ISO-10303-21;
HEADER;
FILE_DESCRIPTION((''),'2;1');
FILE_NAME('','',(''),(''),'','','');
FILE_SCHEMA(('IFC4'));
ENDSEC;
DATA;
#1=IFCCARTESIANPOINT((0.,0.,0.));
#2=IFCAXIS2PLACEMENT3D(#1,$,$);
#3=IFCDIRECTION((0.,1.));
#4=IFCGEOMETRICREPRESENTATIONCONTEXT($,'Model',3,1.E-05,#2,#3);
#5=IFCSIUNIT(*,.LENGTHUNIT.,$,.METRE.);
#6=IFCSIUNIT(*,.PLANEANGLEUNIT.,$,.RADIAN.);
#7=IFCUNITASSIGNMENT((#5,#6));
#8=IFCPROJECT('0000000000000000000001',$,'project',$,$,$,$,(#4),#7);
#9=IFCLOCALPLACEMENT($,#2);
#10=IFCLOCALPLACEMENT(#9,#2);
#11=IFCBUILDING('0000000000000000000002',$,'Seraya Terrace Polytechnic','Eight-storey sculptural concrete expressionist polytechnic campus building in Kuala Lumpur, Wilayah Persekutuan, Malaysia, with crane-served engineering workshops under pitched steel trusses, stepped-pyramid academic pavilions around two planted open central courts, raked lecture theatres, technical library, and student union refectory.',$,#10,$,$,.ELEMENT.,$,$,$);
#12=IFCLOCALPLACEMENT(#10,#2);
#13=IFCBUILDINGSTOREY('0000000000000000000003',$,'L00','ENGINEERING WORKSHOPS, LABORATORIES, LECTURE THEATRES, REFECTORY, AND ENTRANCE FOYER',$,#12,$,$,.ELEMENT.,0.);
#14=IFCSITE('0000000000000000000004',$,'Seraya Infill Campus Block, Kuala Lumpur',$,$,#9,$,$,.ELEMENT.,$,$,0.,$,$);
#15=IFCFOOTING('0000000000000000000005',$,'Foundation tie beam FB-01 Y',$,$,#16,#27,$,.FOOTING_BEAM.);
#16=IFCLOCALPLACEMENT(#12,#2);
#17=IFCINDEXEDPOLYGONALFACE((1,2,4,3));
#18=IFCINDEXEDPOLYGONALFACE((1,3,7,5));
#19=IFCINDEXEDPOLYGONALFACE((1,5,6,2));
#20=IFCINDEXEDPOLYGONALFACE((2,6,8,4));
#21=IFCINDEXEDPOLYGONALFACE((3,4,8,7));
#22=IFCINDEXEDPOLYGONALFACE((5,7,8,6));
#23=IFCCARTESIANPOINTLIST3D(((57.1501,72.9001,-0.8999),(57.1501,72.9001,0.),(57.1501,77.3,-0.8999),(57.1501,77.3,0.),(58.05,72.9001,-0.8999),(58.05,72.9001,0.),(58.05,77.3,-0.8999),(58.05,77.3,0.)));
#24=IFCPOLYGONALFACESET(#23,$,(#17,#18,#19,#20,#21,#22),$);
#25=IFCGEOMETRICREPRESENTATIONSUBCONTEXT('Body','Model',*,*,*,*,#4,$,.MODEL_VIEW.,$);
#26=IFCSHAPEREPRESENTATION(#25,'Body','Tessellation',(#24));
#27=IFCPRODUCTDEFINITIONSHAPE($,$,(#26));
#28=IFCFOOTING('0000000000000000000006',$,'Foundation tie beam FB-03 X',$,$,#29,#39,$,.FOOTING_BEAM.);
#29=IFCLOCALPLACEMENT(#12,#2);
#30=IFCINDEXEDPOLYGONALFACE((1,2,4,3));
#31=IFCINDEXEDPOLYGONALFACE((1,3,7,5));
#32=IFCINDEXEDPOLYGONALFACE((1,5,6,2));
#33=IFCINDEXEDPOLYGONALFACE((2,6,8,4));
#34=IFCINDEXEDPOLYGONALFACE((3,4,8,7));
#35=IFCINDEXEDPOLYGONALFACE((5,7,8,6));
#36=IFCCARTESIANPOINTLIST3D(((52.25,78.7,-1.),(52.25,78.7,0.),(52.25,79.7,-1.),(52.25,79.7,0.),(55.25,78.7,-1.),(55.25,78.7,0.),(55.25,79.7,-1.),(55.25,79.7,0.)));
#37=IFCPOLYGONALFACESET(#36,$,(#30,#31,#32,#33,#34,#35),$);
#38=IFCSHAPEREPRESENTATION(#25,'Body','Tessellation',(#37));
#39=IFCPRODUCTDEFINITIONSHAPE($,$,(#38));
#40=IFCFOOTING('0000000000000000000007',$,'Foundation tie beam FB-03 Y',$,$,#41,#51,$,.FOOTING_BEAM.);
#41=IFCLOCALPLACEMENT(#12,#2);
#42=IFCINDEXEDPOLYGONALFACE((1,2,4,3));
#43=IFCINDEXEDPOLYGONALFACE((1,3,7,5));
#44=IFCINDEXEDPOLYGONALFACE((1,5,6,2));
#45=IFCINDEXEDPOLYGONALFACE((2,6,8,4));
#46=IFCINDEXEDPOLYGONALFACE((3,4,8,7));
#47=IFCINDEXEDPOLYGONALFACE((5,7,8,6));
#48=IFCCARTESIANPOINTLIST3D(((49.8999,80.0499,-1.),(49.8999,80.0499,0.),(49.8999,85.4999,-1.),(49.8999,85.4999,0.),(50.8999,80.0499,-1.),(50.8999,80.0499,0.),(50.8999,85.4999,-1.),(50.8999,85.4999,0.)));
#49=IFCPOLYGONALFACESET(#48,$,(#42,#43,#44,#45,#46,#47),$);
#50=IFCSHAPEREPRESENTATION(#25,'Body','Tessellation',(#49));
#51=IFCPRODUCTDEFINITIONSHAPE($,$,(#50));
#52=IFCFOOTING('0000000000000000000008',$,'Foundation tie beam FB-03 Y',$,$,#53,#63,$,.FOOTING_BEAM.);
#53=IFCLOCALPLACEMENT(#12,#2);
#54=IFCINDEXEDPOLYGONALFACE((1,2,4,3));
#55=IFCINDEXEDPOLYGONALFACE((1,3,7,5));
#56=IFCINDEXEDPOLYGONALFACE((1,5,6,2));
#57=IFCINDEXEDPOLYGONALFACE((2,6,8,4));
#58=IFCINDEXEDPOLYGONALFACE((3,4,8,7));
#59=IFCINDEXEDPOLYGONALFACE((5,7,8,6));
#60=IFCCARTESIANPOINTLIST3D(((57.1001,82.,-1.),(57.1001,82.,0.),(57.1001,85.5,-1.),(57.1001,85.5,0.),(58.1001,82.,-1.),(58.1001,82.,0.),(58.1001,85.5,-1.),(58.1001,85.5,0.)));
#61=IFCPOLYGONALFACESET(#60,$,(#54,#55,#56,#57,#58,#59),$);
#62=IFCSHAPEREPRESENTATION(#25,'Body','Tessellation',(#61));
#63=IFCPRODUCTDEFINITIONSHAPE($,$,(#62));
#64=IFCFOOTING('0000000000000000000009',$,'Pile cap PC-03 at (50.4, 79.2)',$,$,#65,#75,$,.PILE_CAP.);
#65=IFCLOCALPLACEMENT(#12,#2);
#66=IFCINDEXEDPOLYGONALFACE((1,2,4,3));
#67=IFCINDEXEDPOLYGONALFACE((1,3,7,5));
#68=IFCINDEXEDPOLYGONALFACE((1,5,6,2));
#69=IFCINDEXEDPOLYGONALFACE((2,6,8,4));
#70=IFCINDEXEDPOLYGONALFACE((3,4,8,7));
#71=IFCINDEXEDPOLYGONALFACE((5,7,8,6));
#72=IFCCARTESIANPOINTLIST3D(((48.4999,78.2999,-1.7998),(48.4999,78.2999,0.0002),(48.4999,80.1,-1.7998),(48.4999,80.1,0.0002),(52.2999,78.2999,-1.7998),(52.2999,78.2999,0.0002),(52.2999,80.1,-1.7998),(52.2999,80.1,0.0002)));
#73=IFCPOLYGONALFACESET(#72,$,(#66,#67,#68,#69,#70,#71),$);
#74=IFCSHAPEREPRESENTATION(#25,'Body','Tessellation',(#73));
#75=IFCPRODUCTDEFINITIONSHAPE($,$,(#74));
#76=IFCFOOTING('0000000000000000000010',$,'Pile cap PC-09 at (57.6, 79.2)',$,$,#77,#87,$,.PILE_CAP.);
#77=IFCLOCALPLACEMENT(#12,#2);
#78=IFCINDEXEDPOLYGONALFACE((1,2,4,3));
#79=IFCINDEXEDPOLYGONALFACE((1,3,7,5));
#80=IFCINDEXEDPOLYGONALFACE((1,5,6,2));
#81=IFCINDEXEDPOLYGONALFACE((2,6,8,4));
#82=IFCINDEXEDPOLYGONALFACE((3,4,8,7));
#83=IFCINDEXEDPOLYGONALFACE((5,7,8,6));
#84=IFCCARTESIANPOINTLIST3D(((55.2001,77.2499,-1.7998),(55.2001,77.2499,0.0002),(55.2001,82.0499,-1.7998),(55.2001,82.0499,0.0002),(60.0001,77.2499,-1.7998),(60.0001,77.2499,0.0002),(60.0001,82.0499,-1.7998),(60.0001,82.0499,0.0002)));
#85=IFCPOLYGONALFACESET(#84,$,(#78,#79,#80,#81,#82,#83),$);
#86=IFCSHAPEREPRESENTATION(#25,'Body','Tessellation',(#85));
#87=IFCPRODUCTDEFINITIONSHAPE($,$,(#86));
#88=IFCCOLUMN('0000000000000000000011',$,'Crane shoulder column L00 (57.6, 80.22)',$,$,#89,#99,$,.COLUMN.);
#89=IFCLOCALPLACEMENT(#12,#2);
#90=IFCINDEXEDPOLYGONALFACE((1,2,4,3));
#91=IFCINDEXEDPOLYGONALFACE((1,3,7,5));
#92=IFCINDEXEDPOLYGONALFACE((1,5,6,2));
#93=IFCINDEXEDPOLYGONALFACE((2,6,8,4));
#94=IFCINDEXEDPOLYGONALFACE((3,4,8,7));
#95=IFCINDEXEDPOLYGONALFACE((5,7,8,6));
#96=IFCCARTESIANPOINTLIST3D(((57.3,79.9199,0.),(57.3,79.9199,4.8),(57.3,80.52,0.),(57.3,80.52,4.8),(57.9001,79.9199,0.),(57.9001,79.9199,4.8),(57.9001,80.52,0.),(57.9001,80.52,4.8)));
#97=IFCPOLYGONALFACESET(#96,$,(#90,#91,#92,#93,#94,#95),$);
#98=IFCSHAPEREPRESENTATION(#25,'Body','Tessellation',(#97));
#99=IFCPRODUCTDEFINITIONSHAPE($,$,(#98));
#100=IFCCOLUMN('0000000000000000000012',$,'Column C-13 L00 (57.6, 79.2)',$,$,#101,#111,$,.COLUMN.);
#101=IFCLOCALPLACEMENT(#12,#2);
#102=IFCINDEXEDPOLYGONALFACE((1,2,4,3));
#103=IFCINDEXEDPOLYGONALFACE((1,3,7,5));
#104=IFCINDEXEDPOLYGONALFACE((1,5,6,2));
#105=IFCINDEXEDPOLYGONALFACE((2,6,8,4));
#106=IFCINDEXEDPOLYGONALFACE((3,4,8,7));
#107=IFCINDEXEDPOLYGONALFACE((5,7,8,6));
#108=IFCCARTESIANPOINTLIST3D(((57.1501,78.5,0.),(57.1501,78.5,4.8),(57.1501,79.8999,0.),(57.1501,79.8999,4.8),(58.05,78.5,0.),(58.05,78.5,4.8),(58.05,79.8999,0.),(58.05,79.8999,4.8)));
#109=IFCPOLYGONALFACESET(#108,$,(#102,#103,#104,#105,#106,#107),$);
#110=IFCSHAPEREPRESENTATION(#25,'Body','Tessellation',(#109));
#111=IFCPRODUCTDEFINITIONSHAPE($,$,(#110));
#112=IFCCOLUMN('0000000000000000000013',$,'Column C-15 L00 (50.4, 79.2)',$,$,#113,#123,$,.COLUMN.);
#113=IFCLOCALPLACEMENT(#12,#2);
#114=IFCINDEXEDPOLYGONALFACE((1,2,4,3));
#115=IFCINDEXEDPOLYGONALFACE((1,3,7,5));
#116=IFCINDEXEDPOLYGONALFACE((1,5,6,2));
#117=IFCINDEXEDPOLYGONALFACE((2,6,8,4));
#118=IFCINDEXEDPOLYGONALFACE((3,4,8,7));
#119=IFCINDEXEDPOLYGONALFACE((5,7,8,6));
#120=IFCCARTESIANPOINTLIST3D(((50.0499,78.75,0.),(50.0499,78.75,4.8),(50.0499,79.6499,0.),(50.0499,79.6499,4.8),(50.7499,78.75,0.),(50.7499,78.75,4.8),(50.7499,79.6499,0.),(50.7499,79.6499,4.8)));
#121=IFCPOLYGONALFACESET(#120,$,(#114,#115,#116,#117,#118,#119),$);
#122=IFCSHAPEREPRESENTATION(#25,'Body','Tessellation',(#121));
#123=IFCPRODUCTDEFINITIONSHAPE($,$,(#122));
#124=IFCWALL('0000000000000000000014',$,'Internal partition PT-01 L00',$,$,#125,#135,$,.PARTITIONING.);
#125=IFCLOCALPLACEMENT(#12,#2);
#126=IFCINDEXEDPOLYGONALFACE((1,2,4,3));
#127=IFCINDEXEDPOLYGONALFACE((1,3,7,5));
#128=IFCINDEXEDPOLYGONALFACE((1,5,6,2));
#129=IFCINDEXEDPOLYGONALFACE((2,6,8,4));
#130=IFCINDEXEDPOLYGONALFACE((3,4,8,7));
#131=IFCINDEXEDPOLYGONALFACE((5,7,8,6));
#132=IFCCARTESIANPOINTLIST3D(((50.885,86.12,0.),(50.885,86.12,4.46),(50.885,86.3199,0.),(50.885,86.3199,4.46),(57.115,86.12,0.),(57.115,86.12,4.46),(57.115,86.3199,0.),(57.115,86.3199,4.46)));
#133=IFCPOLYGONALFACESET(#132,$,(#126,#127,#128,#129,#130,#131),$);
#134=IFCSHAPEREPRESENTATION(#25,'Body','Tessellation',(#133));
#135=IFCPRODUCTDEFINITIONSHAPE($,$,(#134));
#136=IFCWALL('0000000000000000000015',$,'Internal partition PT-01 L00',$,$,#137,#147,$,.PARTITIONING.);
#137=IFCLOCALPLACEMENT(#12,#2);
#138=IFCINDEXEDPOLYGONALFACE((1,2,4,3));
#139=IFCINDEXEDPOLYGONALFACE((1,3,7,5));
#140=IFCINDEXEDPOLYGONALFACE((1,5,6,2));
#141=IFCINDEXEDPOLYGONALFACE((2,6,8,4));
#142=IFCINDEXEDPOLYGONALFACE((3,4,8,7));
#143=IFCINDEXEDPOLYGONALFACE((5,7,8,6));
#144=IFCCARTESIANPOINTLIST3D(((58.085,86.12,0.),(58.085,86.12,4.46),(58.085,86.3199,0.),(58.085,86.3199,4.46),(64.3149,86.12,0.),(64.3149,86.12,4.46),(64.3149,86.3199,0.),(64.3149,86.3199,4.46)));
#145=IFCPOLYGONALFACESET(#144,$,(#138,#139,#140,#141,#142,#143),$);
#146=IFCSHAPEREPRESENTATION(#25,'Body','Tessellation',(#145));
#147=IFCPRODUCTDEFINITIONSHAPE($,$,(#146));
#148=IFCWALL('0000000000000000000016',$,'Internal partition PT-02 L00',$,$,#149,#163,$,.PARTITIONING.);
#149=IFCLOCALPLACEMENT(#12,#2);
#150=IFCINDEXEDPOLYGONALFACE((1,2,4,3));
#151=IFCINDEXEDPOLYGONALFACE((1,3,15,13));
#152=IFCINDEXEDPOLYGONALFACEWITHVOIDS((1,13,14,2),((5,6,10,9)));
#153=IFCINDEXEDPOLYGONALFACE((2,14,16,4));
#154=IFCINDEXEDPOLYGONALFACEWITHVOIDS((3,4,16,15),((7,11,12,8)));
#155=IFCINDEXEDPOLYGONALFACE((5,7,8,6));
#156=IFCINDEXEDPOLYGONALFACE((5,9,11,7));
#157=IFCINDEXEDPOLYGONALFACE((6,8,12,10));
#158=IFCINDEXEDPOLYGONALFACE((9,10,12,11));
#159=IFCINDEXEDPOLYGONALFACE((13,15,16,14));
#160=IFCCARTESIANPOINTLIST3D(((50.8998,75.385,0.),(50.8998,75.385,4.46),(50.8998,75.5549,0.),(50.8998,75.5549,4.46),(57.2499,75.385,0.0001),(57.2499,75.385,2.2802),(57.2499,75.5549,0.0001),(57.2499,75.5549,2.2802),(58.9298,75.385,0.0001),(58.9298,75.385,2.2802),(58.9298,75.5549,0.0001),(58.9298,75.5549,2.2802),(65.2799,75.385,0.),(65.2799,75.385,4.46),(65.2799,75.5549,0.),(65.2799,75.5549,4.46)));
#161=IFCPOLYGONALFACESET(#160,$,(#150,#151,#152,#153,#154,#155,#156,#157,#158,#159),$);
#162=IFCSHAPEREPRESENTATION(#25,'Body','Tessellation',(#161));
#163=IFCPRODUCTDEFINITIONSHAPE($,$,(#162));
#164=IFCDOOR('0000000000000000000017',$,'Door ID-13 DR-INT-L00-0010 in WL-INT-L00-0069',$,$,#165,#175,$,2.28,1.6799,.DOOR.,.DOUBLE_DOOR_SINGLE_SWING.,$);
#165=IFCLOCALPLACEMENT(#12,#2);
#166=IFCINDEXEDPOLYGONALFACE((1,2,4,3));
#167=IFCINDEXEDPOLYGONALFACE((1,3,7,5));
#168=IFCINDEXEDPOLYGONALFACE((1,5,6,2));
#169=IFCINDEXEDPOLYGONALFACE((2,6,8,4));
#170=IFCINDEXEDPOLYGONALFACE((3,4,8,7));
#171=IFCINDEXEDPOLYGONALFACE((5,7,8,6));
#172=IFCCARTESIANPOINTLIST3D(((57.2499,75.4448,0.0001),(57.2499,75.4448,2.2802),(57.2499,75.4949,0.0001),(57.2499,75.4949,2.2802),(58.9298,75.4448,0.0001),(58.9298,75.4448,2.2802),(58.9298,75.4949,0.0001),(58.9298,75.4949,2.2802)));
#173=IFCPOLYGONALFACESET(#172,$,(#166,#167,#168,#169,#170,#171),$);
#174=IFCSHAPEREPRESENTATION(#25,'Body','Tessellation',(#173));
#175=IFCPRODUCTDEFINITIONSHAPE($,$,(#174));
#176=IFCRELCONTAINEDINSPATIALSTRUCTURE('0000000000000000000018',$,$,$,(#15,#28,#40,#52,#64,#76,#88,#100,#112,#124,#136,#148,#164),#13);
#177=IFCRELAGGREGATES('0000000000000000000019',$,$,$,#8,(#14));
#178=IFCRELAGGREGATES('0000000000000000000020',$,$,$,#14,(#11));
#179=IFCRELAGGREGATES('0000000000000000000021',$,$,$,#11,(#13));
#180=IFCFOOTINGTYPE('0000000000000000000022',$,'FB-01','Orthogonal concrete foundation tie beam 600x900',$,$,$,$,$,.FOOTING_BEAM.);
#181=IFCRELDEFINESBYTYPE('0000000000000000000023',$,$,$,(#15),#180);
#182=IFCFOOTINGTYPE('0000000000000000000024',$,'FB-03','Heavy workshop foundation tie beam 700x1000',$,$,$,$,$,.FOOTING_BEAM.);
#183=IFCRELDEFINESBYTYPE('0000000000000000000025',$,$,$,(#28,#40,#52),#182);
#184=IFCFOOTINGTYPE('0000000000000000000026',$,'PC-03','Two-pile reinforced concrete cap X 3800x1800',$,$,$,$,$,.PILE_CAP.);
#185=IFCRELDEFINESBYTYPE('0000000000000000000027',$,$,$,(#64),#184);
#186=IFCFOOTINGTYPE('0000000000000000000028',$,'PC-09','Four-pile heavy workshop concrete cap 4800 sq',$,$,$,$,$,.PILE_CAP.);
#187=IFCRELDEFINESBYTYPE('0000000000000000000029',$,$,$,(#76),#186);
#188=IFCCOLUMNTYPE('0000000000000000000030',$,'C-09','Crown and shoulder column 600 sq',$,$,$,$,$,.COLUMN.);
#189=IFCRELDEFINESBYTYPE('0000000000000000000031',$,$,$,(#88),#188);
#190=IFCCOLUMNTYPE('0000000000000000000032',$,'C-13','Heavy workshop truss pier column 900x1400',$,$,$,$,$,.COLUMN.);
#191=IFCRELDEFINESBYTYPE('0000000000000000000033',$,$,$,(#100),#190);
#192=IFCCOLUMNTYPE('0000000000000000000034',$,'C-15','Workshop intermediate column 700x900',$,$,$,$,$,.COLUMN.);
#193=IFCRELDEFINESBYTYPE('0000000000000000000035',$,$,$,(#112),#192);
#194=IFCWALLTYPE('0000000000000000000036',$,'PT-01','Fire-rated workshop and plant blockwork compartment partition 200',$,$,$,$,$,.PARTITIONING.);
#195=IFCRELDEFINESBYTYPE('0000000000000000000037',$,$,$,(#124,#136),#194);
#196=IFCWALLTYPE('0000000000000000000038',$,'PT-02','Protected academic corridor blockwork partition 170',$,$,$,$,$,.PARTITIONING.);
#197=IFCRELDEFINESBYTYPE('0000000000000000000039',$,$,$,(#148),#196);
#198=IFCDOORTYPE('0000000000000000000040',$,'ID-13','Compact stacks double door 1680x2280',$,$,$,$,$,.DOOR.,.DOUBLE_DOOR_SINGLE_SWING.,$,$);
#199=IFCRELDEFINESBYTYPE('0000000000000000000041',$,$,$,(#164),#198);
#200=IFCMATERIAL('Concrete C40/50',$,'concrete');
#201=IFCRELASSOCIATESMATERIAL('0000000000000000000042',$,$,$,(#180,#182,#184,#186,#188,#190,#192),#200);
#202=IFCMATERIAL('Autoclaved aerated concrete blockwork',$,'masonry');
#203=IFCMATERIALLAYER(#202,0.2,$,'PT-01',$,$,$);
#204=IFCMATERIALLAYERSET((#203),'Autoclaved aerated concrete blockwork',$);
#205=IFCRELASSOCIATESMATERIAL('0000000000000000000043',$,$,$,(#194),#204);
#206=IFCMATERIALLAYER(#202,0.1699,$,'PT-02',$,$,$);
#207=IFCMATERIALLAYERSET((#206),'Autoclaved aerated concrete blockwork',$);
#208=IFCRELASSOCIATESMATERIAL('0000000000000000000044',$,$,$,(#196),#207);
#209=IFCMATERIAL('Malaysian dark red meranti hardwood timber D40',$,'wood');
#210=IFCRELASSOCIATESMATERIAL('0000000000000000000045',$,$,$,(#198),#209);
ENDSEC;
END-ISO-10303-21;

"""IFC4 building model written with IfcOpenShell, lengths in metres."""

from ifc_helpers import new_model, si_unit, direction, frame, frame_2d, origin, origin_2d, place, context, subcontext, project, spatial, rectangle, extrude, material, layer, layer_set, material_profile, profile_set, type_object, element, fill, save


model = new_model("IFC4")

# Units and contexts
model_context = context("Model", 3, precision=1e-05, world=origin(), true_north=direction((0.0, 1.0)))
body_context = subcontext(model_context, "Body", "Model", "MODEL_VIEW")
ifc_project = project(units=[si_unit("LENGTHUNIT", "METRE"), si_unit("PLANEANGLEUNIT", "RADIAN")], contexts=[model_context])

# Site, building, storey
site_placement = place(None, origin())
site = spatial("IfcSite", under=ifc_project, at=site_placement, Name="Seraya Infill Campus Block, Kuala Lumpur", CompositionType="ELEMENT", RefElevation=0.0)
building_placement = place(site_placement, origin())
building = spatial("IfcBuilding", under=site, at=building_placement, Name="Seraya Terrace Polytechnic", Description="Eight-storey sculptural concrete expressionist polytechnic campus building in Kuala Lumpur, Wilayah Persekutuan, Malaysia, with crane-served engineering workshops under pitched steel trusses, stepped-pyramid academic pavilions around two planted open central courts, raked lecture theatres, technical library, and student union refectory.", CompositionType="ELEMENT")
storey_placement = place(building_placement, origin())
storey = spatial("IfcBuildingStorey", under=building, at=storey_placement, Name="L00", Description="ENGINEERING WORKSHOPS, LABORATORIES, LECTURE THEATRES, REFECTORY, AND ENTRANCE FOYER", CompositionType="ELEMENT", Elevation=0.0)

# Shared definitions
ifc_material_1 = material(Name="Concrete C40/50", Category="concrete")

# Footings
footing_type_1 = type_object("IfcFootingType", Name="FB-01", Description="Orthogonal concrete foundation tie beam 600x900", PredefinedType="FOOTING_BEAM", material=ifc_material_1)
footing_1_placement = place(storey_placement, frame((57.6001, 75.1001, -0.8999), z_axis=(0.0, 0.0, 1.0), x_axis=(0.0, 1.0, 0.0)))
element("IfcFooting", 1, at=footing_1_placement, inside=storey, type_object=footing_type_1, Name="Foundation tie beam FB-01 Y", PredefinedType="FOOTING_BEAM", context=body_context, shape_type="SweptSolid", body=[
    extrude(rectangle(XDim=4.3999, YDim=0.8999, at=origin_2d()), origin(), (0.0, 0.0, 1.0), 0.8999),
])
footing_type_2 = type_object("IfcFootingType", Name="FB-03", Description="Heavy workshop foundation tie beam 700x1000", PredefinedType="FOOTING_BEAM", material=ifc_material_1)
footing_2_placement = place(storey_placement, frame((53.75, 79.2, -1.0), z_axis=(0.0, 0.0, 1.0), x_axis=(1.0, 0.0, 0.0)))
element("IfcFooting", 2, at=footing_2_placement, inside=storey, type_object=footing_type_2, Name="Foundation tie beam FB-03 X", PredefinedType="FOOTING_BEAM", context=body_context, shape_type="SweptSolid", body=[
    extrude(rectangle(XDim=3.0, YDim=1.0, at=origin_2d()), origin(), (0.0, 0.0, 1.0), 1.0),
])
footing_3_placement = place(storey_placement, frame((50.3999, 82.7749, -1.0), z_axis=(0.0, 0.0, 1.0), x_axis=(0.0, 1.0, 0.0)))
element("IfcFooting", 3, at=footing_3_placement, inside=storey, type_object=footing_type_2, Name="Foundation tie beam FB-03 Y", PredefinedType="FOOTING_BEAM", context=body_context, shape_type="SweptSolid", body=[
    extrude(rectangle(XDim=5.45, YDim=1.0, at=origin_2d()), origin(), (0.0, 0.0, 1.0), 1.0),
])
footing_4_placement = place(storey_placement, frame((57.6001, 83.75, -1.0), z_axis=(0.0, 0.0, 1.0), x_axis=(0.0, 1.0, 0.0)))
element("IfcFooting", 4, at=footing_4_placement, inside=storey, type_object=footing_type_2, Name="Foundation tie beam FB-03 Y", PredefinedType="FOOTING_BEAM", context=body_context, shape_type="SweptSolid", body=[
    extrude(rectangle(XDim=3.5, YDim=1.0, at=origin_2d()), origin(), (0.0, 0.0, 1.0), 1.0),
])
footing_type_3 = type_object("IfcFootingType", Name="PC-03", Description="Two-pile reinforced concrete cap X 3800x1800", PredefinedType="PILE_CAP", material=ifc_material_1)
footing_5_placement = place(storey_placement, frame((50.3999, 79.2, -1.7998), z_axis=(0.0, 0.0, 1.0), x_axis=(1.0, 0.0, 0.0)))
element("IfcFooting", 5, at=footing_5_placement, inside=storey, type_object=footing_type_3, Name="Pile cap PC-03 at (50.4, 79.2)", PredefinedType="PILE_CAP", context=body_context, shape_type="SweptSolid", body=[
    extrude(rectangle(XDim=3.8, YDim=1.8, at=origin_2d()), origin(), (0.0, 0.0, 1.0), 1.8),
])
footing_type_4 = type_object("IfcFootingType", Name="PC-09", Description="Four-pile heavy workshop concrete cap 4800 sq", PredefinedType="PILE_CAP", material=ifc_material_1)
footing_6_placement = place(storey_placement, frame((57.6001, 79.6499, -1.7998), z_axis=(0.0, 0.0, 1.0), x_axis=(1.0, 0.0, 0.0)))
element("IfcFooting", 6, at=footing_6_placement, inside=storey, type_object=footing_type_4, Name="Pile cap PC-09 at (57.6, 79.2)", PredefinedType="PILE_CAP", context=body_context, shape_type="SweptSolid", body=[
    extrude(rectangle(XDim=4.8, YDim=4.8, at=origin_2d()), origin(), (0.0, 0.0, 1.0), 1.8),
])

# Columns
ifc_material_profile_1 = material_profile(ifc_material_1, rectangle(XDim=0.6001, YDim=0.6001, at=origin_2d()), Name="RC 600x600")
ifc_profile_set_1 = profile_set([ifc_material_profile_1], Name="Concrete C40/50")
column_type_1 = type_object("IfcColumnType", Name="C-09", Description="Crown and shoulder column 600 sq", PredefinedType="COLUMN", material=ifc_profile_set_1)
column_1_placement = place(storey_placement, frame((57.6001, 80.22, 0.0), z_axis=(0.0, 0.0, 1.0), x_axis=(1.0, 0.0, 0.0)))
element("IfcColumn", 7, at=column_1_placement, inside=storey, type_object=column_type_1, Name="Crane shoulder column L00 (57.6, 80.22)", PredefinedType="COLUMN", context=body_context, shape_type="SweptSolid", body=[
    extrude(rectangle(XDim=0.6001, YDim=0.6001, at=origin_2d()), origin(), (0.0, 0.0, 1.0), 4.8),
])
ifc_material_profile_2 = material_profile(ifc_material_1, rectangle(XDim=0.8999, YDim=1.3999, at=origin_2d()), Name="RC 900x1400")
ifc_profile_set_2 = profile_set([ifc_material_profile_2], Name="Concrete C40/50")
column_type_2 = type_object("IfcColumnType", Name="C-13", Description="Heavy workshop truss pier column 900x1400", PredefinedType="COLUMN", material=ifc_profile_set_2)
column_2_placement = place(storey_placement, frame((57.6001, 79.2, 0.0), z_axis=(0.0, 0.0, 1.0), x_axis=(1.0, 0.0, 0.0)))
element("IfcColumn", 8, at=column_2_placement, inside=storey, type_object=column_type_2, Name="Column C-13 L00 (57.6, 79.2)", PredefinedType="COLUMN", context=body_context, shape_type="SweptSolid", body=[
    extrude(rectangle(XDim=0.8999, YDim=1.3999, at=origin_2d()), origin(), (0.0, 0.0, 1.0), 4.8),
])
ifc_material_profile_3 = material_profile(ifc_material_1, rectangle(XDim=0.7, YDim=0.8999, at=origin_2d()), Name="RC 700x900")
ifc_profile_set_3 = profile_set([ifc_material_profile_3], Name="Concrete C40/50")
column_type_3 = type_object("IfcColumnType", Name="C-15", Description="Workshop intermediate column 700x900", PredefinedType="COLUMN", material=ifc_profile_set_3)
column_3_placement = place(storey_placement, frame((50.3999, 79.2, 0.0), z_axis=(0.0, 0.0, 1.0), x_axis=(1.0, 0.0, 0.0)))
element("IfcColumn", 9, at=column_3_placement, inside=storey, type_object=column_type_3, Name="Column C-15 L00 (50.4, 79.2)", PredefinedType="COLUMN", context=body_context, shape_type="SweptSolid", body=[
    extrude(rectangle(XDim=0.7, YDim=0.8999, at=origin_2d()), origin(), (0.0, 0.0, 1.0), 4.8),
])

# Walls
ifc_material_2 = material(Name="Autoclaved aerated concrete blockwork", Category="masonry")
ifc_layer_1 = layer(ifc_material_2, 0.2, Name="PT-01")
ifc_layer_set_1 = layer_set([ifc_layer_1], Name="Autoclaved aerated concrete blockwork")
wall_type_1 = type_object("IfcWallType", Name="PT-01", Description="Fire-rated workshop and plant blockwork compartment partition 200", PredefinedType="PARTITIONING", material=ifc_layer_set_1)
for number, where, z_axis, x_axis, name in (
    (10, (50.885, 86.22, 0.0), (0.0, 0.0, 1.0), (1.0, 0.0, 0.0), "Internal partition PT-01 L00"),
    (11, (58.085, 86.22, 0.0), (0.0, 0.0, 1.0), (1.0, 0.0, 0.0), "Internal partition PT-01 L00"),
):
    element("IfcWall", number, at=place(storey_placement, frame(where, z_axis=z_axis, x_axis=x_axis)), inside=storey, type_object=wall_type_1, Name=name, PredefinedType="PARTITIONING", context=body_context, shape_type="SweptSolid", body=[
        extrude(rectangle(XDim=6.23, YDim=0.2, at=frame_2d((3.115, 0.0))), origin(), (0.0, 0.0, 1.0), 4.46),
    ])

# Wall, opening, door
ifc_layer_2 = layer(ifc_material_2, 0.1699, Name="PT-02")
ifc_layer_set_2 = layer_set([ifc_layer_2], Name="Autoclaved aerated concrete blockwork")
wall_type_2 = type_object("IfcWallType", Name="PT-02", Description="Protected academic corridor blockwork partition 170", PredefinedType="PARTITIONING", material=ifc_layer_set_2)
wall_1_placement = place(storey_placement, frame((50.8999, 75.47, 0.0), z_axis=(0.0, 0.0, 1.0), x_axis=(1.0, 0.0, 0.0)))
wall_1 = element("IfcWall", 12, at=wall_1_placement, inside=storey, type_object=wall_type_2, Name="Internal partition PT-02 L00", PredefinedType="PARTITIONING", context=body_context, shape_type="SweptSolid", body=[
    extrude(rectangle(XDim=14.3801, YDim=0.1699, at=frame_2d((7.1899, 0.0))), origin(), (0.0, 0.0, 1.0), 4.46),
])
opening_1_placement = place(wall_1_placement, frame((6.3501, 0.0, 0.0)))
opening_1 = element("IfcOpeningElement", 13, at=opening_1_placement, cuts=wall_1, PredefinedType="OPENING", context=body_context, shape_type="SweptSolid", body=[
    extrude(rectangle(XDim=1.6799, YDim=2.28, at=frame_2d((0.8398, 1.1401))), frame((0.0, 0.0969, 0.0), z_axis=(0.0, -1.0, 0.0), x_axis=(1.0, 0.0, 0.0)), (0.0, 0.0, 1.0), 0.1938),
])
ifc_material_3 = material(Name="Malaysian dark red meranti hardwood timber D40", Category="wood")
door_type_1 = type_object("IfcDoorType", Name="ID-13", Description="Compact stacks double door 1680x2280", OperationType="DOUBLE_DOOR_SINGLE_SWING", PredefinedType="DOOR", material=ifc_material_3)
door_1_placement = place(opening_1_placement, origin())
door_1 = element("IfcDoor", 14, at=door_1_placement, inside=storey, type_object=door_type_1, Name="Door ID-13 DR-INT-L00-0010 in WL-INT-L00-0069", OperationType="DOUBLE_DOOR_SINGLE_SWING", OverallHeight=2.28, OverallWidth=1.6799, PredefinedType="DOOR", context=body_context, shape_type="SweptSolid", body=[
    extrude(rectangle(XDim=1.6799, YDim=2.28, at=frame_2d((0.8398, 1.1401))), frame((0.0, 0.0249, 0.0), z_axis=(0.0, -1.0, 0.0), x_axis=(1.0, 0.0, 0.0)), (0.0, 0.0, 1.0), 0.05),
])
fill(opening_1, door_1)

save(model, "model.ifc")
